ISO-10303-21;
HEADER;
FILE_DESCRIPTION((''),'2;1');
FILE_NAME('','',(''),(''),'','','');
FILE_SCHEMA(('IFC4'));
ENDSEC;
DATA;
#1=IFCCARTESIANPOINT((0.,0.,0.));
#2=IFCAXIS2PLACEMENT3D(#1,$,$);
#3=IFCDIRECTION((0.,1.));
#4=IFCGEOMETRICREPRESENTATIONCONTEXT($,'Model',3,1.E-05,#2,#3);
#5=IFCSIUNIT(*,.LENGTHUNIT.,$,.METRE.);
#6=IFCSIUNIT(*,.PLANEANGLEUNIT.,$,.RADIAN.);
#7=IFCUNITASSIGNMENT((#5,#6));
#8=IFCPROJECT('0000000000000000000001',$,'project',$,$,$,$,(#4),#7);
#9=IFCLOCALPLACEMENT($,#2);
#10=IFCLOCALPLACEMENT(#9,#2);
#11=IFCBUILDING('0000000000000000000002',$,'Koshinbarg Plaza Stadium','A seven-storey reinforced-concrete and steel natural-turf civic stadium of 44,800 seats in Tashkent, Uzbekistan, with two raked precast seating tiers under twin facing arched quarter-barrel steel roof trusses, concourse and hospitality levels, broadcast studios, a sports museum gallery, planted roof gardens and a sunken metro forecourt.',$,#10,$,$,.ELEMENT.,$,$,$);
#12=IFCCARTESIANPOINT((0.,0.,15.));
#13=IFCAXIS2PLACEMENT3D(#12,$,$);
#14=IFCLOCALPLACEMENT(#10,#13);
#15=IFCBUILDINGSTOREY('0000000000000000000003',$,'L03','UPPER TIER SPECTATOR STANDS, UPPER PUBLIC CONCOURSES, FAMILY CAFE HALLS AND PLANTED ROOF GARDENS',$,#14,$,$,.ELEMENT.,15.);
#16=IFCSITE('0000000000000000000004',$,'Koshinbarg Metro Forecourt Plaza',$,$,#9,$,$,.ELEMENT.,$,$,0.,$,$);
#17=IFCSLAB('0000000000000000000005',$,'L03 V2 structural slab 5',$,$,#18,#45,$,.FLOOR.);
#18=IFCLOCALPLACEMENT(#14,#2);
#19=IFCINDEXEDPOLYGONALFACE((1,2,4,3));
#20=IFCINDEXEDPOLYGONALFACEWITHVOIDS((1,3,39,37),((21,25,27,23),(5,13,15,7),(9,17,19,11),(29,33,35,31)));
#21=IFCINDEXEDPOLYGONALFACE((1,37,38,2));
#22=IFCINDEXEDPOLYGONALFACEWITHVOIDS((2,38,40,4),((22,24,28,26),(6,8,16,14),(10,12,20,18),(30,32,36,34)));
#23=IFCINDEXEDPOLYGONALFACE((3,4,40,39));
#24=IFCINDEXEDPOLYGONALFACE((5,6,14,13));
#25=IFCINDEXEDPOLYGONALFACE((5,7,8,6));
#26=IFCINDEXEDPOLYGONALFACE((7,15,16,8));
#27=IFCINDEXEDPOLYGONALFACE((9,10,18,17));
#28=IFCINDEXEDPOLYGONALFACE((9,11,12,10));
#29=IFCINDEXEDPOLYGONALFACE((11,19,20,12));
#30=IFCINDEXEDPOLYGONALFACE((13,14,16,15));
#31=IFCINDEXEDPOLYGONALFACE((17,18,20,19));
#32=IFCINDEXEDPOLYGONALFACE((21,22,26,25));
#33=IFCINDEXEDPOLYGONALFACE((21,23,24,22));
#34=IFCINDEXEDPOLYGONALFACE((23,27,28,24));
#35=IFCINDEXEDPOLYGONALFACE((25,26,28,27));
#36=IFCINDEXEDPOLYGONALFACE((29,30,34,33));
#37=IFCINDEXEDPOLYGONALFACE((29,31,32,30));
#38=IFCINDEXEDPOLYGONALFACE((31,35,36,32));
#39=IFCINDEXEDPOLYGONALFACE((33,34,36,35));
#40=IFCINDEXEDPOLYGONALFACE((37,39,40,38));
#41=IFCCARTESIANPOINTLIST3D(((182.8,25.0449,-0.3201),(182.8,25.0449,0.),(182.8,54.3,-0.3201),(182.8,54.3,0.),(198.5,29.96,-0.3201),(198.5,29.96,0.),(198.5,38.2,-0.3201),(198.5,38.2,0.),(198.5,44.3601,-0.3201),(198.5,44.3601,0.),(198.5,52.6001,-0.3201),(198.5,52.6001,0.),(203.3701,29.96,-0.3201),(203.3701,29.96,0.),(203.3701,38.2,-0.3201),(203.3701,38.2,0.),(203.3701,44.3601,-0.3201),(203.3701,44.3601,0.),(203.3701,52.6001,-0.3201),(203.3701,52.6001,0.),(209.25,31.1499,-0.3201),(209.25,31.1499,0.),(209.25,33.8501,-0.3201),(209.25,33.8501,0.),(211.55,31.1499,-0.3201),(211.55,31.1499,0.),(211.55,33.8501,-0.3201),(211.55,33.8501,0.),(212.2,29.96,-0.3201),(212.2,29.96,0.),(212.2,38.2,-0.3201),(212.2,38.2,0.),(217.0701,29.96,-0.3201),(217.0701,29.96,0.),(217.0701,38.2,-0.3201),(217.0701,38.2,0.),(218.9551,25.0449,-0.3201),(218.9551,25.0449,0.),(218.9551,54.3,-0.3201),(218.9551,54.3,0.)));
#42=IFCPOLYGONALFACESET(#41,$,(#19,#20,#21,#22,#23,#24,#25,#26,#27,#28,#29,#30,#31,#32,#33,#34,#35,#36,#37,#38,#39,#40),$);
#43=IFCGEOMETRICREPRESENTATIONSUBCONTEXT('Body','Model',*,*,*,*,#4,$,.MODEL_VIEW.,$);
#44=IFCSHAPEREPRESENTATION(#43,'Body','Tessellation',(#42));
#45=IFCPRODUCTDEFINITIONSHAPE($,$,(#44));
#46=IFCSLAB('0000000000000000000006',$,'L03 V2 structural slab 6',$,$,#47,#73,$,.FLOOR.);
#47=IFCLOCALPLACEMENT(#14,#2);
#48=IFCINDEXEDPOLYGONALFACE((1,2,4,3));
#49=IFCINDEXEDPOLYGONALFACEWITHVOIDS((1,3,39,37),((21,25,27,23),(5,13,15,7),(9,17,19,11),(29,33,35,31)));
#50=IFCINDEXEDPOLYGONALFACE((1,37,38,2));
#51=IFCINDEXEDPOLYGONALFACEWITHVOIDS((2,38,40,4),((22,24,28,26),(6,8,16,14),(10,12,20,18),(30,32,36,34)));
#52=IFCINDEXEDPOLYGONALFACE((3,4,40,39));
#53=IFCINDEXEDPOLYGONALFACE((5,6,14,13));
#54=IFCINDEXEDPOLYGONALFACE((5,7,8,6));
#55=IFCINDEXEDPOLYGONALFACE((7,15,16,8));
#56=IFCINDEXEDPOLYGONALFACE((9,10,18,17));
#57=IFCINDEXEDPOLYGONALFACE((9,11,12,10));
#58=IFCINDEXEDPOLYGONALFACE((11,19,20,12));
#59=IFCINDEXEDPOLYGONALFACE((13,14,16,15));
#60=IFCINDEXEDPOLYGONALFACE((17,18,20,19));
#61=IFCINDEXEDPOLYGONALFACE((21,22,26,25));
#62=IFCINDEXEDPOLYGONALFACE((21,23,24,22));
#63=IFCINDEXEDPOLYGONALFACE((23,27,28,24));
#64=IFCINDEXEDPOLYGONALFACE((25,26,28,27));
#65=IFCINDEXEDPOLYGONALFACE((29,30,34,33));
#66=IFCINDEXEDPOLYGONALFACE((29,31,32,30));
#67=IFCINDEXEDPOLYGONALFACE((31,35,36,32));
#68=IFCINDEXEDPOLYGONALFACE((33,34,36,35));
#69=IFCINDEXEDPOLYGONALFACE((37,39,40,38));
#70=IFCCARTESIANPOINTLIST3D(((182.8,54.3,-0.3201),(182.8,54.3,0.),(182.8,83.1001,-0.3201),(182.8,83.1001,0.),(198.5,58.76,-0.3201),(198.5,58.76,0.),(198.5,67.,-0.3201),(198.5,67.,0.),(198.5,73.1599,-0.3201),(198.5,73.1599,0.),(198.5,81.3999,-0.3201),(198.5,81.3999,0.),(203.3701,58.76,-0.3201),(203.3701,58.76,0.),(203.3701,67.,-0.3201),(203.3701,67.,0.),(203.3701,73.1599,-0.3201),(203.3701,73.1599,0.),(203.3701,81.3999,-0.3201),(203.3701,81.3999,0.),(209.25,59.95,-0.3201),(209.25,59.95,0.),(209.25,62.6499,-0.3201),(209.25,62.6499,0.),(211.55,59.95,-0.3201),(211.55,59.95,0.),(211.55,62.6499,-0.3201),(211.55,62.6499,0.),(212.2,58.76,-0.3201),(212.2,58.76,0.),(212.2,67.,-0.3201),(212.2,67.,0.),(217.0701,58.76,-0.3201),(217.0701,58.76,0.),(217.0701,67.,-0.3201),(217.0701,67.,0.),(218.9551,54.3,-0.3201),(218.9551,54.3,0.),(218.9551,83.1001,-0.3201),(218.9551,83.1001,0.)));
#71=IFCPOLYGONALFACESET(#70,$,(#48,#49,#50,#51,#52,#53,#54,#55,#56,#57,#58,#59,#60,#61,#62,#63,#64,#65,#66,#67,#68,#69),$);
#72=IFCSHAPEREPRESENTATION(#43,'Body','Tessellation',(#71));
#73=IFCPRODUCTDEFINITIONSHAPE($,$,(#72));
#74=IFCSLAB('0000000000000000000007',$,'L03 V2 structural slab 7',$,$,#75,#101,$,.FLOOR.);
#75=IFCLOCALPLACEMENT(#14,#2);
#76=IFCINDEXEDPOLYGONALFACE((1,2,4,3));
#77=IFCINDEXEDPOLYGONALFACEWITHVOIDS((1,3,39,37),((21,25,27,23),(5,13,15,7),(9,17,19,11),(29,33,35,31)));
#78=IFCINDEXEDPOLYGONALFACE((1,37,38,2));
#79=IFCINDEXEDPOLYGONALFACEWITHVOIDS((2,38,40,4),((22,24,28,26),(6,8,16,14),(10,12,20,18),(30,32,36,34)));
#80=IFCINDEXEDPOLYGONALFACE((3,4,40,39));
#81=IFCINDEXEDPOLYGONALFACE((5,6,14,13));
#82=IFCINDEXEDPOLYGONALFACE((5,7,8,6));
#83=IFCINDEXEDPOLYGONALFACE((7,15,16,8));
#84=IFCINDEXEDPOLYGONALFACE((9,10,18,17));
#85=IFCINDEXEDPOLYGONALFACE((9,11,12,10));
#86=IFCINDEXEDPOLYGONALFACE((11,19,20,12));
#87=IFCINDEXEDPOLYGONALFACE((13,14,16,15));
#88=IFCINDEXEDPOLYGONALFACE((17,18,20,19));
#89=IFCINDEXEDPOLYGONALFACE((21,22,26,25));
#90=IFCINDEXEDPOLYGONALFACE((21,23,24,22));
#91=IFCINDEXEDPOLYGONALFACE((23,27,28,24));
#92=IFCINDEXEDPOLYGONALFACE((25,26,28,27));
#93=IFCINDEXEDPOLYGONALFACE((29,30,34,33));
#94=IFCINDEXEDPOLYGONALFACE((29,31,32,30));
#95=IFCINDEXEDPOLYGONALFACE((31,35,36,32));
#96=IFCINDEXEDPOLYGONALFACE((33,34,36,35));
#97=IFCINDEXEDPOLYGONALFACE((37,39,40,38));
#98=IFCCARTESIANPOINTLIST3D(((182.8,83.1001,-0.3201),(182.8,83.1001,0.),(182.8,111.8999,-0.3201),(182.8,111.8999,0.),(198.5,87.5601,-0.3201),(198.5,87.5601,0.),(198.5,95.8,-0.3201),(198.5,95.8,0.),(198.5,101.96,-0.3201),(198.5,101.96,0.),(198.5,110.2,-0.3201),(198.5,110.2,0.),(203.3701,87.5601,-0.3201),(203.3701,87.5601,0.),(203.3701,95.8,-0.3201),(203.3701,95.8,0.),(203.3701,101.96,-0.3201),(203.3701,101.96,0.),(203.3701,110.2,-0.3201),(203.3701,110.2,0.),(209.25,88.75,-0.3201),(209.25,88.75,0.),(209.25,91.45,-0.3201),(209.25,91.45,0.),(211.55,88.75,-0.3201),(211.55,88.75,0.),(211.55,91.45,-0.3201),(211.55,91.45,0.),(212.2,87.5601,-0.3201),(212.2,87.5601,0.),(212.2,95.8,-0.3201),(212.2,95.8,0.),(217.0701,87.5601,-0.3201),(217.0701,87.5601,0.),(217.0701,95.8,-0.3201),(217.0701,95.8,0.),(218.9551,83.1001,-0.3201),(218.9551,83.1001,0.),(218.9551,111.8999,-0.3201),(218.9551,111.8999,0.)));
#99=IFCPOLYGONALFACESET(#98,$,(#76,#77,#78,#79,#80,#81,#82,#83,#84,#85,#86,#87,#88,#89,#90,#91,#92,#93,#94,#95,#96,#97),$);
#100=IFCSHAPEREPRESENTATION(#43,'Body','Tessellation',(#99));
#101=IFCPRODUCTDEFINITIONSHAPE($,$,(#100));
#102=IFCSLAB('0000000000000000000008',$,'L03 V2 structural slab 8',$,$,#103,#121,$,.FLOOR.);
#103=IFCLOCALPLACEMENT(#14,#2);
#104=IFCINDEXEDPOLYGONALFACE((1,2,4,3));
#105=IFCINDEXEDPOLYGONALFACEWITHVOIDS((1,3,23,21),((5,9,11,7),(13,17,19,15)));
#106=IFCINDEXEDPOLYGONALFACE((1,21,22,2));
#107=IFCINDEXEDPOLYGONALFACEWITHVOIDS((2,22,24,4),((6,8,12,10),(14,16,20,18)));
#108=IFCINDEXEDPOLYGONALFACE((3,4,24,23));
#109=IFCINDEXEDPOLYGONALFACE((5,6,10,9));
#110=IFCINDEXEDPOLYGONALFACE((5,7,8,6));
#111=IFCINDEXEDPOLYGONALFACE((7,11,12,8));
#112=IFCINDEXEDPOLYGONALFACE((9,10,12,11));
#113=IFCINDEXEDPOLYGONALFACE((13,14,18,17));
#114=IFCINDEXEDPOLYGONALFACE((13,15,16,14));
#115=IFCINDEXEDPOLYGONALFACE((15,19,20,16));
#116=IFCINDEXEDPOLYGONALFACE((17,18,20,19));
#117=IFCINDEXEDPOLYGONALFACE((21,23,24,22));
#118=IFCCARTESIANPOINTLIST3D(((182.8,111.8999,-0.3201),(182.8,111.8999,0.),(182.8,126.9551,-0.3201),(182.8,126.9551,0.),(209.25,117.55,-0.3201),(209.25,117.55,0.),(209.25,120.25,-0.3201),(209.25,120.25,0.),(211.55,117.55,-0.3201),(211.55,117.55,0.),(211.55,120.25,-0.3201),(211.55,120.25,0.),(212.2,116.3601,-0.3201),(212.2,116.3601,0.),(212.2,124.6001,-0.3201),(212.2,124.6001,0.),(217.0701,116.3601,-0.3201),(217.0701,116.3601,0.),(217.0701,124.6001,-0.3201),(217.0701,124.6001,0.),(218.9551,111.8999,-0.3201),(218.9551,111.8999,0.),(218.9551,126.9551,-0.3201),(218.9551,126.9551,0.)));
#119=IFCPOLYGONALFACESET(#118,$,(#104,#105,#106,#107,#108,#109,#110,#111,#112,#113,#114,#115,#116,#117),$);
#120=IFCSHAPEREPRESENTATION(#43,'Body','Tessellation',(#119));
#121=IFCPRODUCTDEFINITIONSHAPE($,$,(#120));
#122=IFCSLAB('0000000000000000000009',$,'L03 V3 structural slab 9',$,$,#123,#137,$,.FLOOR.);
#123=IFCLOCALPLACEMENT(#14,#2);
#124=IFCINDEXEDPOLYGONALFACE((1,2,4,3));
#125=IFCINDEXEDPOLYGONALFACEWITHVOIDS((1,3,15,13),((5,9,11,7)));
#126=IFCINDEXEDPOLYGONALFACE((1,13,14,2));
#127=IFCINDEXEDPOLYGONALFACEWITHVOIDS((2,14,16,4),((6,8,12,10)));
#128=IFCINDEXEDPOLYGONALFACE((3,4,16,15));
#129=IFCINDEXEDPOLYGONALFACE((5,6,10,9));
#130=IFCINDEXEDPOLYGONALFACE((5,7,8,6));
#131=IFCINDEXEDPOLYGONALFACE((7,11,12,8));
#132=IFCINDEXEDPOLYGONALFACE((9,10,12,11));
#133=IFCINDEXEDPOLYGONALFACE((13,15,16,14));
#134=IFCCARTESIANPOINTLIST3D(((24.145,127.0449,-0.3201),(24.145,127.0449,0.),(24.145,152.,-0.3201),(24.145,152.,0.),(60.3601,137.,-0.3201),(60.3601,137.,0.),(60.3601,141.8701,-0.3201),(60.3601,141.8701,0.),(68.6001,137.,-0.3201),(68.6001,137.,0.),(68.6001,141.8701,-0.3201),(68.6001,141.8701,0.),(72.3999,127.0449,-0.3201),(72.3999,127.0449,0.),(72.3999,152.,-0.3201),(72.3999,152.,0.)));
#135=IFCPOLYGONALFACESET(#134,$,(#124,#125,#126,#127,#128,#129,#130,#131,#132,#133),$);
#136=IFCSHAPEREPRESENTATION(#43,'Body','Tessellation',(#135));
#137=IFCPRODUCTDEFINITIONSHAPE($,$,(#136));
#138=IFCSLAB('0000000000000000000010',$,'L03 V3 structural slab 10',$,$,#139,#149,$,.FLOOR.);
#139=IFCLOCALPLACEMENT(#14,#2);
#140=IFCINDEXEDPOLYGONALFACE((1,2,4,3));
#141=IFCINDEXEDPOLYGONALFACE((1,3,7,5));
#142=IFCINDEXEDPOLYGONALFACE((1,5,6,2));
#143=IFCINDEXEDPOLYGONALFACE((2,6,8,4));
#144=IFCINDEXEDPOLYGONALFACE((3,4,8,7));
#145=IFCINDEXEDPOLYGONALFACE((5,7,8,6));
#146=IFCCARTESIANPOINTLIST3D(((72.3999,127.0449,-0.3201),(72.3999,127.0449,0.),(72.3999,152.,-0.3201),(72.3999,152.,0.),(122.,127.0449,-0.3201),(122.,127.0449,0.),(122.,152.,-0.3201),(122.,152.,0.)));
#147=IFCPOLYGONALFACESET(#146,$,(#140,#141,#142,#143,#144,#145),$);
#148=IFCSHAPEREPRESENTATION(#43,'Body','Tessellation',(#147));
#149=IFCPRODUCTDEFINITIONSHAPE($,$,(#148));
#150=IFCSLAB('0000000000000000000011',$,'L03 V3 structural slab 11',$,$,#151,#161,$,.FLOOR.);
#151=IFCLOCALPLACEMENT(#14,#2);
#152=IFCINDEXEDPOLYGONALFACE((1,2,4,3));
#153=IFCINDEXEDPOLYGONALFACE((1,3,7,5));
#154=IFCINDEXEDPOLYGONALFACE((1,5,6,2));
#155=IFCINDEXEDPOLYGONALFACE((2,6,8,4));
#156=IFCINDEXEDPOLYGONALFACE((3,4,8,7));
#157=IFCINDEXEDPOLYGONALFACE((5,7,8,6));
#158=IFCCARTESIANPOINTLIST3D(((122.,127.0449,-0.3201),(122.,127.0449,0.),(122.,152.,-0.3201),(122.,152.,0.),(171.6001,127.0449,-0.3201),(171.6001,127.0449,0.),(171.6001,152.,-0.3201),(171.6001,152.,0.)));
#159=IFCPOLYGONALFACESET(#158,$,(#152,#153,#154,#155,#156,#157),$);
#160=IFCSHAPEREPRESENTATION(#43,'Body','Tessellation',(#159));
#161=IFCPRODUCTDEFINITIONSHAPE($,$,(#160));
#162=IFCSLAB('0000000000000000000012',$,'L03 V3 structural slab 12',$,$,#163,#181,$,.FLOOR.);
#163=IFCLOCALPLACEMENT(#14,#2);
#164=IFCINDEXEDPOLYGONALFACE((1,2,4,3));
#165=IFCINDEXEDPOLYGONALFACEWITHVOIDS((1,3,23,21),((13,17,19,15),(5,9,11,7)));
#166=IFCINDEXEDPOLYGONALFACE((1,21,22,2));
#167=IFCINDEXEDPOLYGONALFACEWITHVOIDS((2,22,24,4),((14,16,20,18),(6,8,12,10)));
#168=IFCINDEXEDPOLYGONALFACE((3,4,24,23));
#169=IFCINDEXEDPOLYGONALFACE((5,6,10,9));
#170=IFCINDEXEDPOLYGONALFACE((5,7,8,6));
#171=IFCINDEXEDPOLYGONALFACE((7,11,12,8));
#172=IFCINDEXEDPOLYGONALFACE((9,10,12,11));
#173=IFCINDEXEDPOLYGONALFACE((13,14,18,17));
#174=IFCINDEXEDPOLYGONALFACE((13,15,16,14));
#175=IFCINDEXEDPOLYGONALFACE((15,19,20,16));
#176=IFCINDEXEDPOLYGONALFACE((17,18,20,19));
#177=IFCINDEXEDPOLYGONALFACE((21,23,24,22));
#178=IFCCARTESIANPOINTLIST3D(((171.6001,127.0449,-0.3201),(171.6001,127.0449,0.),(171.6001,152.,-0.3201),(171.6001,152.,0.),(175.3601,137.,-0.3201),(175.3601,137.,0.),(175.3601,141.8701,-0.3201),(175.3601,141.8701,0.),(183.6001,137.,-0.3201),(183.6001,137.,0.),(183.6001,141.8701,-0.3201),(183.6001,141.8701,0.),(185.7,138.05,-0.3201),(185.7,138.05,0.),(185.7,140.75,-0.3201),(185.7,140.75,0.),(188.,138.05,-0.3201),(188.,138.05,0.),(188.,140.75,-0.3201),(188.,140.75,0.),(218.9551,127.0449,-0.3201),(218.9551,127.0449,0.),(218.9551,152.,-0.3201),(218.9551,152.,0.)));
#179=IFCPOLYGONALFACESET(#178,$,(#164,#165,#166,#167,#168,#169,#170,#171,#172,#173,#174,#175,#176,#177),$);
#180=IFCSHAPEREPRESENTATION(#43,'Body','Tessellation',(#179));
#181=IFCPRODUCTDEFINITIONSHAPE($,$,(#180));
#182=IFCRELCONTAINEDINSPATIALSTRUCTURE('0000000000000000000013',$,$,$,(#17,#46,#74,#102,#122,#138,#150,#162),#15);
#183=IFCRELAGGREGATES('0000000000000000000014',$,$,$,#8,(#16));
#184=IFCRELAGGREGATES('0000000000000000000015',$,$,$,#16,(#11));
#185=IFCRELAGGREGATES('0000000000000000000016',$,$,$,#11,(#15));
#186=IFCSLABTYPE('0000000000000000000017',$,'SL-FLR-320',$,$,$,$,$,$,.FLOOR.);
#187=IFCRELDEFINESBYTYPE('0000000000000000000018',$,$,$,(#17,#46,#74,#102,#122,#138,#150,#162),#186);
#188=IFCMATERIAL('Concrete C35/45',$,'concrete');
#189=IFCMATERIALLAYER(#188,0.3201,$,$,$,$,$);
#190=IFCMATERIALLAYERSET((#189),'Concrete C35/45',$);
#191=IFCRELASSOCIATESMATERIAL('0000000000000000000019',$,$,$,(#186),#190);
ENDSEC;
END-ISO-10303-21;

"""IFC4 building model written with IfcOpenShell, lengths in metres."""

from ifc_helpers import new_model, si_unit, direction, frame, origin, place, context, subcontext, project, spatial, polyline, outline, extrude, material, layer, layer_set, type_object, element, save


model = new_model("IFC4")

# Units and contexts
model_context = context("Model", 3, precision=1e-05, world=origin(), true_north=direction((0.0, 1.0)))
body_context = subcontext(model_context, "Body", "Model", "MODEL_VIEW")
ifc_project = project(units=[si_unit("LENGTHUNIT", "METRE"), si_unit("PLANEANGLEUNIT", "RADIAN")], contexts=[model_context])

# Site, building, storey
site_placement = place(None, origin())
site = spatial("IfcSite", under=ifc_project, at=site_placement, Name="Koshinbarg Metro Forecourt Plaza", CompositionType="ELEMENT", RefElevation=0.0)
building_placement = place(site_placement, origin())
building = spatial("IfcBuilding", under=site, at=building_placement, Name="Koshinbarg Plaza Stadium", Description="A seven-storey reinforced-concrete and steel natural-turf civic stadium of 44,800 seats in Tashkent, Uzbekistan, with two raked precast seating tiers under twin facing arched quarter-barrel steel roof trusses, concourse and hospitality levels, broadcast studios, a sports museum gallery, planted roof gardens and a sunken metro forecourt.", CompositionType="ELEMENT")
storey_placement = place(building_placement, frame((0.0, 0.0, 15.0)))
storey = spatial("IfcBuildingStorey", under=building, at=storey_placement, Name="L03", Description="UPPER TIER SPECTATOR STANDS, UPPER PUBLIC CONCOURSES, FAMILY CAFE HALLS AND PLANTED ROOF GARDENS", CompositionType="ELEMENT", Elevation=15.0)

# Slabs
ifc_material_1 = material(Name="Concrete C35/45", Category="concrete")
ifc_layer_1 = layer(ifc_material_1, 0.3201)
ifc_layer_set_1 = layer_set([ifc_layer_1], Name="Concrete C35/45")
slab_type_1 = type_object("IfcSlabType", Name="SL-FLR-320", PredefinedType="FLOOR", material=ifc_layer_set_1)
slab_1_placement = place(storey_placement, frame((0.0, 0.0, -0.3201)))
element("IfcSlab", 1, at=slab_1_placement, inside=storey, type_object=slab_type_1, Name="L03 V2 structural slab 5", PredefinedType="FLOOR", context=body_context, shape_type="SweptSolid", body=[
    extrude(outline(polyline([(182.8, 25.0449), (218.9551, 25.0449), (218.9551, 54.3), (182.8, 54.3), (182.8, 25.0449)]), holes=[polyline([(217.0701, 29.96), (217.0701, 38.2), (212.2, 38.2), (212.2, 29.96), (217.0701, 29.96)]), polyline([(209.25, 31.1499), (211.55, 31.1499), (211.55, 33.8501), (209.25, 33.8501), (209.25, 31.1499)]), polyline([(203.3701, 29.96), (203.3701, 38.2), (198.5, 38.2), (198.5, 29.96), (203.3701, 29.96)]), polyline([(203.3701, 44.3601), (203.3701, 52.6001), (198.5, 52.6001), (198.5, 44.3601), (203.3701, 44.3601)])]), origin(), (0.0, 0.0, 1.0), 0.3201),
])
slab_2_placement = place(storey_placement, frame((0.0, 0.0, -0.3201)))
element("IfcSlab", 2, at=slab_2_placement, inside=storey, type_object=slab_type_1, Name="L03 V2 structural slab 6", PredefinedType="FLOOR", context=body_context, shape_type="SweptSolid", body=[
    extrude(outline(polyline([(182.8, 54.3), (218.9551, 54.3), (218.9551, 83.1001), (182.8, 83.1001), (182.8, 54.3)]), holes=[polyline([(217.0701, 58.76), (217.0701, 67.0), (212.2, 67.0), (212.2, 58.76), (217.0701, 58.76)]), polyline([(209.25, 59.95), (211.55, 59.95), (211.55, 62.6499), (209.25, 62.6499), (209.25, 59.95)]), polyline([(203.3701, 58.76), (203.3701, 67.0), (198.5, 67.0), (198.5, 58.76), (203.3701, 58.76)]), polyline([(203.3701, 73.1599), (203.3701, 81.3999), (198.5, 81.3999), (198.5, 73.1599), (203.3701, 73.1599)])]), origin(), (0.0, 0.0, 1.0), 0.3201),
])
slab_3_placement = place(storey_placement, frame((0.0, 0.0, -0.3201)))
element("IfcSlab", 3, at=slab_3_placement, inside=storey, type_object=slab_type_1, Name="L03 V2 structural slab 7", PredefinedType="FLOOR", context=body_context, shape_type="SweptSolid", body=[
    extrude(outline(polyline([(182.8, 83.1001), (218.9551, 83.1001), (218.9551, 111.8999), (182.8, 111.8999), (182.8, 83.1001)]), holes=[polyline([(217.0701, 87.5601), (217.0701, 95.8), (212.2, 95.8), (212.2, 87.5601), (217.0701, 87.5601)]), polyline([(209.25, 88.75), (211.55, 88.75), (211.55, 91.45), (209.25, 91.45), (209.25, 88.75)]), polyline([(203.3701, 87.5601), (203.3701, 95.8), (198.5, 95.8), (198.5, 87.5601), (203.3701, 87.5601)]), polyline([(203.3701, 101.96), (203.3701, 110.2), (198.5, 110.2), (198.5, 101.96), (203.3701, 101.96)])]), origin(), (0.0, 0.0, 1.0), 0.3201),
])
slab_4_placement = place(storey_placement, frame((0.0, 0.0, -0.3201)))
element("IfcSlab", 4, at=slab_4_placement, inside=storey, type_object=slab_type_1, Name="L03 V2 structural slab 8", PredefinedType="FLOOR", context=body_context, shape_type="SweptSolid", body=[
    extrude(outline(polyline([(182.8, 111.8999), (218.9551, 111.8999), (218.9551, 126.9551), (182.8, 126.9551), (182.8, 111.8999)]), holes=[polyline([(217.0701, 116.3601), (217.0701, 124.6001), (212.2, 124.6001), (212.2, 116.3601), (217.0701, 116.3601)]), polyline([(209.25, 117.55), (211.55, 117.55), (211.55, 120.25), (209.25, 120.25), (209.25, 117.55)])]), origin(), (0.0, 0.0, 1.0), 0.3201),
])
slab_5_placement = place(storey_placement, frame((0.0, 0.0, -0.3201)))
element("IfcSlab", 5, at=slab_5_placement, inside=storey, type_object=slab_type_1, Name="L03 V3 structural slab 9", PredefinedType="FLOOR", context=body_context, shape_type="SweptSolid", body=[
    extrude(outline(polyline([(24.145, 127.0449), (72.3999, 127.0449), (72.3999, 152.0), (24.145, 152.0), (24.145, 127.0449)]), holes=[polyline([(60.3601, 137.0), (68.6001, 137.0), (68.6001, 141.8701), (60.3601, 141.8701), (60.3601, 137.0)])]), origin(), (0.0, 0.0, 1.0), 0.3201),
])
slab_6_placement = place(storey_placement, frame((0.0, 0.0, -0.3201)))
element("IfcSlab", 6, at=slab_6_placement, inside=storey, type_object=slab_type_1, Name="L03 V3 structural slab 10", PredefinedType="FLOOR", context=body_context, shape_type="SweptSolid", body=[
    extrude(outline(polyline([(72.3999, 127.0449), (122.0, 127.0449), (122.0, 152.0), (72.3999, 152.0), (72.3999, 127.0449)])), origin(), (0.0, 0.0, 1.0), 0.3201),
])
slab_7_placement = place(storey_placement, frame((0.0, 0.0, -0.3201)))
element("IfcSlab", 7, at=slab_7_placement, inside=storey, type_object=slab_type_1, Name="L03 V3 structural slab 11", PredefinedType="FLOOR", context=body_context, shape_type="SweptSolid", body=[
    extrude(outline(polyline([(122.0, 127.0449), (171.6001, 127.0449), (171.6001, 152.0), (122.0, 152.0), (122.0, 127.0449)])), origin(), (0.0, 0.0, 1.0), 0.3201),
])
slab_8_placement = place(storey_placement, frame((0.0, 0.0, -0.3201)))
element("IfcSlab", 8, at=slab_8_placement, inside=storey, type_object=slab_type_1, Name="L03 V3 structural slab 12", PredefinedType="FLOOR", context=body_context, shape_type="SweptSolid", body=[
    extrude(outline(polyline([(171.6001, 127.0449), (218.9551, 127.0449), (218.9551, 152.0), (171.6001, 152.0), (171.6001, 127.0449)]), holes=[polyline([(175.3601, 137.0), (183.6001, 137.0), (183.6001, 141.8701), (175.3601, 141.8701), (175.3601, 137.0)]), polyline([(185.7, 138.05), (188.0, 138.05), (188.0, 140.75), (185.7, 140.75), (185.7, 138.05)])]), origin(), (0.0, 0.0, 1.0), 0.3201),
])

save(model, "model.ifc")
